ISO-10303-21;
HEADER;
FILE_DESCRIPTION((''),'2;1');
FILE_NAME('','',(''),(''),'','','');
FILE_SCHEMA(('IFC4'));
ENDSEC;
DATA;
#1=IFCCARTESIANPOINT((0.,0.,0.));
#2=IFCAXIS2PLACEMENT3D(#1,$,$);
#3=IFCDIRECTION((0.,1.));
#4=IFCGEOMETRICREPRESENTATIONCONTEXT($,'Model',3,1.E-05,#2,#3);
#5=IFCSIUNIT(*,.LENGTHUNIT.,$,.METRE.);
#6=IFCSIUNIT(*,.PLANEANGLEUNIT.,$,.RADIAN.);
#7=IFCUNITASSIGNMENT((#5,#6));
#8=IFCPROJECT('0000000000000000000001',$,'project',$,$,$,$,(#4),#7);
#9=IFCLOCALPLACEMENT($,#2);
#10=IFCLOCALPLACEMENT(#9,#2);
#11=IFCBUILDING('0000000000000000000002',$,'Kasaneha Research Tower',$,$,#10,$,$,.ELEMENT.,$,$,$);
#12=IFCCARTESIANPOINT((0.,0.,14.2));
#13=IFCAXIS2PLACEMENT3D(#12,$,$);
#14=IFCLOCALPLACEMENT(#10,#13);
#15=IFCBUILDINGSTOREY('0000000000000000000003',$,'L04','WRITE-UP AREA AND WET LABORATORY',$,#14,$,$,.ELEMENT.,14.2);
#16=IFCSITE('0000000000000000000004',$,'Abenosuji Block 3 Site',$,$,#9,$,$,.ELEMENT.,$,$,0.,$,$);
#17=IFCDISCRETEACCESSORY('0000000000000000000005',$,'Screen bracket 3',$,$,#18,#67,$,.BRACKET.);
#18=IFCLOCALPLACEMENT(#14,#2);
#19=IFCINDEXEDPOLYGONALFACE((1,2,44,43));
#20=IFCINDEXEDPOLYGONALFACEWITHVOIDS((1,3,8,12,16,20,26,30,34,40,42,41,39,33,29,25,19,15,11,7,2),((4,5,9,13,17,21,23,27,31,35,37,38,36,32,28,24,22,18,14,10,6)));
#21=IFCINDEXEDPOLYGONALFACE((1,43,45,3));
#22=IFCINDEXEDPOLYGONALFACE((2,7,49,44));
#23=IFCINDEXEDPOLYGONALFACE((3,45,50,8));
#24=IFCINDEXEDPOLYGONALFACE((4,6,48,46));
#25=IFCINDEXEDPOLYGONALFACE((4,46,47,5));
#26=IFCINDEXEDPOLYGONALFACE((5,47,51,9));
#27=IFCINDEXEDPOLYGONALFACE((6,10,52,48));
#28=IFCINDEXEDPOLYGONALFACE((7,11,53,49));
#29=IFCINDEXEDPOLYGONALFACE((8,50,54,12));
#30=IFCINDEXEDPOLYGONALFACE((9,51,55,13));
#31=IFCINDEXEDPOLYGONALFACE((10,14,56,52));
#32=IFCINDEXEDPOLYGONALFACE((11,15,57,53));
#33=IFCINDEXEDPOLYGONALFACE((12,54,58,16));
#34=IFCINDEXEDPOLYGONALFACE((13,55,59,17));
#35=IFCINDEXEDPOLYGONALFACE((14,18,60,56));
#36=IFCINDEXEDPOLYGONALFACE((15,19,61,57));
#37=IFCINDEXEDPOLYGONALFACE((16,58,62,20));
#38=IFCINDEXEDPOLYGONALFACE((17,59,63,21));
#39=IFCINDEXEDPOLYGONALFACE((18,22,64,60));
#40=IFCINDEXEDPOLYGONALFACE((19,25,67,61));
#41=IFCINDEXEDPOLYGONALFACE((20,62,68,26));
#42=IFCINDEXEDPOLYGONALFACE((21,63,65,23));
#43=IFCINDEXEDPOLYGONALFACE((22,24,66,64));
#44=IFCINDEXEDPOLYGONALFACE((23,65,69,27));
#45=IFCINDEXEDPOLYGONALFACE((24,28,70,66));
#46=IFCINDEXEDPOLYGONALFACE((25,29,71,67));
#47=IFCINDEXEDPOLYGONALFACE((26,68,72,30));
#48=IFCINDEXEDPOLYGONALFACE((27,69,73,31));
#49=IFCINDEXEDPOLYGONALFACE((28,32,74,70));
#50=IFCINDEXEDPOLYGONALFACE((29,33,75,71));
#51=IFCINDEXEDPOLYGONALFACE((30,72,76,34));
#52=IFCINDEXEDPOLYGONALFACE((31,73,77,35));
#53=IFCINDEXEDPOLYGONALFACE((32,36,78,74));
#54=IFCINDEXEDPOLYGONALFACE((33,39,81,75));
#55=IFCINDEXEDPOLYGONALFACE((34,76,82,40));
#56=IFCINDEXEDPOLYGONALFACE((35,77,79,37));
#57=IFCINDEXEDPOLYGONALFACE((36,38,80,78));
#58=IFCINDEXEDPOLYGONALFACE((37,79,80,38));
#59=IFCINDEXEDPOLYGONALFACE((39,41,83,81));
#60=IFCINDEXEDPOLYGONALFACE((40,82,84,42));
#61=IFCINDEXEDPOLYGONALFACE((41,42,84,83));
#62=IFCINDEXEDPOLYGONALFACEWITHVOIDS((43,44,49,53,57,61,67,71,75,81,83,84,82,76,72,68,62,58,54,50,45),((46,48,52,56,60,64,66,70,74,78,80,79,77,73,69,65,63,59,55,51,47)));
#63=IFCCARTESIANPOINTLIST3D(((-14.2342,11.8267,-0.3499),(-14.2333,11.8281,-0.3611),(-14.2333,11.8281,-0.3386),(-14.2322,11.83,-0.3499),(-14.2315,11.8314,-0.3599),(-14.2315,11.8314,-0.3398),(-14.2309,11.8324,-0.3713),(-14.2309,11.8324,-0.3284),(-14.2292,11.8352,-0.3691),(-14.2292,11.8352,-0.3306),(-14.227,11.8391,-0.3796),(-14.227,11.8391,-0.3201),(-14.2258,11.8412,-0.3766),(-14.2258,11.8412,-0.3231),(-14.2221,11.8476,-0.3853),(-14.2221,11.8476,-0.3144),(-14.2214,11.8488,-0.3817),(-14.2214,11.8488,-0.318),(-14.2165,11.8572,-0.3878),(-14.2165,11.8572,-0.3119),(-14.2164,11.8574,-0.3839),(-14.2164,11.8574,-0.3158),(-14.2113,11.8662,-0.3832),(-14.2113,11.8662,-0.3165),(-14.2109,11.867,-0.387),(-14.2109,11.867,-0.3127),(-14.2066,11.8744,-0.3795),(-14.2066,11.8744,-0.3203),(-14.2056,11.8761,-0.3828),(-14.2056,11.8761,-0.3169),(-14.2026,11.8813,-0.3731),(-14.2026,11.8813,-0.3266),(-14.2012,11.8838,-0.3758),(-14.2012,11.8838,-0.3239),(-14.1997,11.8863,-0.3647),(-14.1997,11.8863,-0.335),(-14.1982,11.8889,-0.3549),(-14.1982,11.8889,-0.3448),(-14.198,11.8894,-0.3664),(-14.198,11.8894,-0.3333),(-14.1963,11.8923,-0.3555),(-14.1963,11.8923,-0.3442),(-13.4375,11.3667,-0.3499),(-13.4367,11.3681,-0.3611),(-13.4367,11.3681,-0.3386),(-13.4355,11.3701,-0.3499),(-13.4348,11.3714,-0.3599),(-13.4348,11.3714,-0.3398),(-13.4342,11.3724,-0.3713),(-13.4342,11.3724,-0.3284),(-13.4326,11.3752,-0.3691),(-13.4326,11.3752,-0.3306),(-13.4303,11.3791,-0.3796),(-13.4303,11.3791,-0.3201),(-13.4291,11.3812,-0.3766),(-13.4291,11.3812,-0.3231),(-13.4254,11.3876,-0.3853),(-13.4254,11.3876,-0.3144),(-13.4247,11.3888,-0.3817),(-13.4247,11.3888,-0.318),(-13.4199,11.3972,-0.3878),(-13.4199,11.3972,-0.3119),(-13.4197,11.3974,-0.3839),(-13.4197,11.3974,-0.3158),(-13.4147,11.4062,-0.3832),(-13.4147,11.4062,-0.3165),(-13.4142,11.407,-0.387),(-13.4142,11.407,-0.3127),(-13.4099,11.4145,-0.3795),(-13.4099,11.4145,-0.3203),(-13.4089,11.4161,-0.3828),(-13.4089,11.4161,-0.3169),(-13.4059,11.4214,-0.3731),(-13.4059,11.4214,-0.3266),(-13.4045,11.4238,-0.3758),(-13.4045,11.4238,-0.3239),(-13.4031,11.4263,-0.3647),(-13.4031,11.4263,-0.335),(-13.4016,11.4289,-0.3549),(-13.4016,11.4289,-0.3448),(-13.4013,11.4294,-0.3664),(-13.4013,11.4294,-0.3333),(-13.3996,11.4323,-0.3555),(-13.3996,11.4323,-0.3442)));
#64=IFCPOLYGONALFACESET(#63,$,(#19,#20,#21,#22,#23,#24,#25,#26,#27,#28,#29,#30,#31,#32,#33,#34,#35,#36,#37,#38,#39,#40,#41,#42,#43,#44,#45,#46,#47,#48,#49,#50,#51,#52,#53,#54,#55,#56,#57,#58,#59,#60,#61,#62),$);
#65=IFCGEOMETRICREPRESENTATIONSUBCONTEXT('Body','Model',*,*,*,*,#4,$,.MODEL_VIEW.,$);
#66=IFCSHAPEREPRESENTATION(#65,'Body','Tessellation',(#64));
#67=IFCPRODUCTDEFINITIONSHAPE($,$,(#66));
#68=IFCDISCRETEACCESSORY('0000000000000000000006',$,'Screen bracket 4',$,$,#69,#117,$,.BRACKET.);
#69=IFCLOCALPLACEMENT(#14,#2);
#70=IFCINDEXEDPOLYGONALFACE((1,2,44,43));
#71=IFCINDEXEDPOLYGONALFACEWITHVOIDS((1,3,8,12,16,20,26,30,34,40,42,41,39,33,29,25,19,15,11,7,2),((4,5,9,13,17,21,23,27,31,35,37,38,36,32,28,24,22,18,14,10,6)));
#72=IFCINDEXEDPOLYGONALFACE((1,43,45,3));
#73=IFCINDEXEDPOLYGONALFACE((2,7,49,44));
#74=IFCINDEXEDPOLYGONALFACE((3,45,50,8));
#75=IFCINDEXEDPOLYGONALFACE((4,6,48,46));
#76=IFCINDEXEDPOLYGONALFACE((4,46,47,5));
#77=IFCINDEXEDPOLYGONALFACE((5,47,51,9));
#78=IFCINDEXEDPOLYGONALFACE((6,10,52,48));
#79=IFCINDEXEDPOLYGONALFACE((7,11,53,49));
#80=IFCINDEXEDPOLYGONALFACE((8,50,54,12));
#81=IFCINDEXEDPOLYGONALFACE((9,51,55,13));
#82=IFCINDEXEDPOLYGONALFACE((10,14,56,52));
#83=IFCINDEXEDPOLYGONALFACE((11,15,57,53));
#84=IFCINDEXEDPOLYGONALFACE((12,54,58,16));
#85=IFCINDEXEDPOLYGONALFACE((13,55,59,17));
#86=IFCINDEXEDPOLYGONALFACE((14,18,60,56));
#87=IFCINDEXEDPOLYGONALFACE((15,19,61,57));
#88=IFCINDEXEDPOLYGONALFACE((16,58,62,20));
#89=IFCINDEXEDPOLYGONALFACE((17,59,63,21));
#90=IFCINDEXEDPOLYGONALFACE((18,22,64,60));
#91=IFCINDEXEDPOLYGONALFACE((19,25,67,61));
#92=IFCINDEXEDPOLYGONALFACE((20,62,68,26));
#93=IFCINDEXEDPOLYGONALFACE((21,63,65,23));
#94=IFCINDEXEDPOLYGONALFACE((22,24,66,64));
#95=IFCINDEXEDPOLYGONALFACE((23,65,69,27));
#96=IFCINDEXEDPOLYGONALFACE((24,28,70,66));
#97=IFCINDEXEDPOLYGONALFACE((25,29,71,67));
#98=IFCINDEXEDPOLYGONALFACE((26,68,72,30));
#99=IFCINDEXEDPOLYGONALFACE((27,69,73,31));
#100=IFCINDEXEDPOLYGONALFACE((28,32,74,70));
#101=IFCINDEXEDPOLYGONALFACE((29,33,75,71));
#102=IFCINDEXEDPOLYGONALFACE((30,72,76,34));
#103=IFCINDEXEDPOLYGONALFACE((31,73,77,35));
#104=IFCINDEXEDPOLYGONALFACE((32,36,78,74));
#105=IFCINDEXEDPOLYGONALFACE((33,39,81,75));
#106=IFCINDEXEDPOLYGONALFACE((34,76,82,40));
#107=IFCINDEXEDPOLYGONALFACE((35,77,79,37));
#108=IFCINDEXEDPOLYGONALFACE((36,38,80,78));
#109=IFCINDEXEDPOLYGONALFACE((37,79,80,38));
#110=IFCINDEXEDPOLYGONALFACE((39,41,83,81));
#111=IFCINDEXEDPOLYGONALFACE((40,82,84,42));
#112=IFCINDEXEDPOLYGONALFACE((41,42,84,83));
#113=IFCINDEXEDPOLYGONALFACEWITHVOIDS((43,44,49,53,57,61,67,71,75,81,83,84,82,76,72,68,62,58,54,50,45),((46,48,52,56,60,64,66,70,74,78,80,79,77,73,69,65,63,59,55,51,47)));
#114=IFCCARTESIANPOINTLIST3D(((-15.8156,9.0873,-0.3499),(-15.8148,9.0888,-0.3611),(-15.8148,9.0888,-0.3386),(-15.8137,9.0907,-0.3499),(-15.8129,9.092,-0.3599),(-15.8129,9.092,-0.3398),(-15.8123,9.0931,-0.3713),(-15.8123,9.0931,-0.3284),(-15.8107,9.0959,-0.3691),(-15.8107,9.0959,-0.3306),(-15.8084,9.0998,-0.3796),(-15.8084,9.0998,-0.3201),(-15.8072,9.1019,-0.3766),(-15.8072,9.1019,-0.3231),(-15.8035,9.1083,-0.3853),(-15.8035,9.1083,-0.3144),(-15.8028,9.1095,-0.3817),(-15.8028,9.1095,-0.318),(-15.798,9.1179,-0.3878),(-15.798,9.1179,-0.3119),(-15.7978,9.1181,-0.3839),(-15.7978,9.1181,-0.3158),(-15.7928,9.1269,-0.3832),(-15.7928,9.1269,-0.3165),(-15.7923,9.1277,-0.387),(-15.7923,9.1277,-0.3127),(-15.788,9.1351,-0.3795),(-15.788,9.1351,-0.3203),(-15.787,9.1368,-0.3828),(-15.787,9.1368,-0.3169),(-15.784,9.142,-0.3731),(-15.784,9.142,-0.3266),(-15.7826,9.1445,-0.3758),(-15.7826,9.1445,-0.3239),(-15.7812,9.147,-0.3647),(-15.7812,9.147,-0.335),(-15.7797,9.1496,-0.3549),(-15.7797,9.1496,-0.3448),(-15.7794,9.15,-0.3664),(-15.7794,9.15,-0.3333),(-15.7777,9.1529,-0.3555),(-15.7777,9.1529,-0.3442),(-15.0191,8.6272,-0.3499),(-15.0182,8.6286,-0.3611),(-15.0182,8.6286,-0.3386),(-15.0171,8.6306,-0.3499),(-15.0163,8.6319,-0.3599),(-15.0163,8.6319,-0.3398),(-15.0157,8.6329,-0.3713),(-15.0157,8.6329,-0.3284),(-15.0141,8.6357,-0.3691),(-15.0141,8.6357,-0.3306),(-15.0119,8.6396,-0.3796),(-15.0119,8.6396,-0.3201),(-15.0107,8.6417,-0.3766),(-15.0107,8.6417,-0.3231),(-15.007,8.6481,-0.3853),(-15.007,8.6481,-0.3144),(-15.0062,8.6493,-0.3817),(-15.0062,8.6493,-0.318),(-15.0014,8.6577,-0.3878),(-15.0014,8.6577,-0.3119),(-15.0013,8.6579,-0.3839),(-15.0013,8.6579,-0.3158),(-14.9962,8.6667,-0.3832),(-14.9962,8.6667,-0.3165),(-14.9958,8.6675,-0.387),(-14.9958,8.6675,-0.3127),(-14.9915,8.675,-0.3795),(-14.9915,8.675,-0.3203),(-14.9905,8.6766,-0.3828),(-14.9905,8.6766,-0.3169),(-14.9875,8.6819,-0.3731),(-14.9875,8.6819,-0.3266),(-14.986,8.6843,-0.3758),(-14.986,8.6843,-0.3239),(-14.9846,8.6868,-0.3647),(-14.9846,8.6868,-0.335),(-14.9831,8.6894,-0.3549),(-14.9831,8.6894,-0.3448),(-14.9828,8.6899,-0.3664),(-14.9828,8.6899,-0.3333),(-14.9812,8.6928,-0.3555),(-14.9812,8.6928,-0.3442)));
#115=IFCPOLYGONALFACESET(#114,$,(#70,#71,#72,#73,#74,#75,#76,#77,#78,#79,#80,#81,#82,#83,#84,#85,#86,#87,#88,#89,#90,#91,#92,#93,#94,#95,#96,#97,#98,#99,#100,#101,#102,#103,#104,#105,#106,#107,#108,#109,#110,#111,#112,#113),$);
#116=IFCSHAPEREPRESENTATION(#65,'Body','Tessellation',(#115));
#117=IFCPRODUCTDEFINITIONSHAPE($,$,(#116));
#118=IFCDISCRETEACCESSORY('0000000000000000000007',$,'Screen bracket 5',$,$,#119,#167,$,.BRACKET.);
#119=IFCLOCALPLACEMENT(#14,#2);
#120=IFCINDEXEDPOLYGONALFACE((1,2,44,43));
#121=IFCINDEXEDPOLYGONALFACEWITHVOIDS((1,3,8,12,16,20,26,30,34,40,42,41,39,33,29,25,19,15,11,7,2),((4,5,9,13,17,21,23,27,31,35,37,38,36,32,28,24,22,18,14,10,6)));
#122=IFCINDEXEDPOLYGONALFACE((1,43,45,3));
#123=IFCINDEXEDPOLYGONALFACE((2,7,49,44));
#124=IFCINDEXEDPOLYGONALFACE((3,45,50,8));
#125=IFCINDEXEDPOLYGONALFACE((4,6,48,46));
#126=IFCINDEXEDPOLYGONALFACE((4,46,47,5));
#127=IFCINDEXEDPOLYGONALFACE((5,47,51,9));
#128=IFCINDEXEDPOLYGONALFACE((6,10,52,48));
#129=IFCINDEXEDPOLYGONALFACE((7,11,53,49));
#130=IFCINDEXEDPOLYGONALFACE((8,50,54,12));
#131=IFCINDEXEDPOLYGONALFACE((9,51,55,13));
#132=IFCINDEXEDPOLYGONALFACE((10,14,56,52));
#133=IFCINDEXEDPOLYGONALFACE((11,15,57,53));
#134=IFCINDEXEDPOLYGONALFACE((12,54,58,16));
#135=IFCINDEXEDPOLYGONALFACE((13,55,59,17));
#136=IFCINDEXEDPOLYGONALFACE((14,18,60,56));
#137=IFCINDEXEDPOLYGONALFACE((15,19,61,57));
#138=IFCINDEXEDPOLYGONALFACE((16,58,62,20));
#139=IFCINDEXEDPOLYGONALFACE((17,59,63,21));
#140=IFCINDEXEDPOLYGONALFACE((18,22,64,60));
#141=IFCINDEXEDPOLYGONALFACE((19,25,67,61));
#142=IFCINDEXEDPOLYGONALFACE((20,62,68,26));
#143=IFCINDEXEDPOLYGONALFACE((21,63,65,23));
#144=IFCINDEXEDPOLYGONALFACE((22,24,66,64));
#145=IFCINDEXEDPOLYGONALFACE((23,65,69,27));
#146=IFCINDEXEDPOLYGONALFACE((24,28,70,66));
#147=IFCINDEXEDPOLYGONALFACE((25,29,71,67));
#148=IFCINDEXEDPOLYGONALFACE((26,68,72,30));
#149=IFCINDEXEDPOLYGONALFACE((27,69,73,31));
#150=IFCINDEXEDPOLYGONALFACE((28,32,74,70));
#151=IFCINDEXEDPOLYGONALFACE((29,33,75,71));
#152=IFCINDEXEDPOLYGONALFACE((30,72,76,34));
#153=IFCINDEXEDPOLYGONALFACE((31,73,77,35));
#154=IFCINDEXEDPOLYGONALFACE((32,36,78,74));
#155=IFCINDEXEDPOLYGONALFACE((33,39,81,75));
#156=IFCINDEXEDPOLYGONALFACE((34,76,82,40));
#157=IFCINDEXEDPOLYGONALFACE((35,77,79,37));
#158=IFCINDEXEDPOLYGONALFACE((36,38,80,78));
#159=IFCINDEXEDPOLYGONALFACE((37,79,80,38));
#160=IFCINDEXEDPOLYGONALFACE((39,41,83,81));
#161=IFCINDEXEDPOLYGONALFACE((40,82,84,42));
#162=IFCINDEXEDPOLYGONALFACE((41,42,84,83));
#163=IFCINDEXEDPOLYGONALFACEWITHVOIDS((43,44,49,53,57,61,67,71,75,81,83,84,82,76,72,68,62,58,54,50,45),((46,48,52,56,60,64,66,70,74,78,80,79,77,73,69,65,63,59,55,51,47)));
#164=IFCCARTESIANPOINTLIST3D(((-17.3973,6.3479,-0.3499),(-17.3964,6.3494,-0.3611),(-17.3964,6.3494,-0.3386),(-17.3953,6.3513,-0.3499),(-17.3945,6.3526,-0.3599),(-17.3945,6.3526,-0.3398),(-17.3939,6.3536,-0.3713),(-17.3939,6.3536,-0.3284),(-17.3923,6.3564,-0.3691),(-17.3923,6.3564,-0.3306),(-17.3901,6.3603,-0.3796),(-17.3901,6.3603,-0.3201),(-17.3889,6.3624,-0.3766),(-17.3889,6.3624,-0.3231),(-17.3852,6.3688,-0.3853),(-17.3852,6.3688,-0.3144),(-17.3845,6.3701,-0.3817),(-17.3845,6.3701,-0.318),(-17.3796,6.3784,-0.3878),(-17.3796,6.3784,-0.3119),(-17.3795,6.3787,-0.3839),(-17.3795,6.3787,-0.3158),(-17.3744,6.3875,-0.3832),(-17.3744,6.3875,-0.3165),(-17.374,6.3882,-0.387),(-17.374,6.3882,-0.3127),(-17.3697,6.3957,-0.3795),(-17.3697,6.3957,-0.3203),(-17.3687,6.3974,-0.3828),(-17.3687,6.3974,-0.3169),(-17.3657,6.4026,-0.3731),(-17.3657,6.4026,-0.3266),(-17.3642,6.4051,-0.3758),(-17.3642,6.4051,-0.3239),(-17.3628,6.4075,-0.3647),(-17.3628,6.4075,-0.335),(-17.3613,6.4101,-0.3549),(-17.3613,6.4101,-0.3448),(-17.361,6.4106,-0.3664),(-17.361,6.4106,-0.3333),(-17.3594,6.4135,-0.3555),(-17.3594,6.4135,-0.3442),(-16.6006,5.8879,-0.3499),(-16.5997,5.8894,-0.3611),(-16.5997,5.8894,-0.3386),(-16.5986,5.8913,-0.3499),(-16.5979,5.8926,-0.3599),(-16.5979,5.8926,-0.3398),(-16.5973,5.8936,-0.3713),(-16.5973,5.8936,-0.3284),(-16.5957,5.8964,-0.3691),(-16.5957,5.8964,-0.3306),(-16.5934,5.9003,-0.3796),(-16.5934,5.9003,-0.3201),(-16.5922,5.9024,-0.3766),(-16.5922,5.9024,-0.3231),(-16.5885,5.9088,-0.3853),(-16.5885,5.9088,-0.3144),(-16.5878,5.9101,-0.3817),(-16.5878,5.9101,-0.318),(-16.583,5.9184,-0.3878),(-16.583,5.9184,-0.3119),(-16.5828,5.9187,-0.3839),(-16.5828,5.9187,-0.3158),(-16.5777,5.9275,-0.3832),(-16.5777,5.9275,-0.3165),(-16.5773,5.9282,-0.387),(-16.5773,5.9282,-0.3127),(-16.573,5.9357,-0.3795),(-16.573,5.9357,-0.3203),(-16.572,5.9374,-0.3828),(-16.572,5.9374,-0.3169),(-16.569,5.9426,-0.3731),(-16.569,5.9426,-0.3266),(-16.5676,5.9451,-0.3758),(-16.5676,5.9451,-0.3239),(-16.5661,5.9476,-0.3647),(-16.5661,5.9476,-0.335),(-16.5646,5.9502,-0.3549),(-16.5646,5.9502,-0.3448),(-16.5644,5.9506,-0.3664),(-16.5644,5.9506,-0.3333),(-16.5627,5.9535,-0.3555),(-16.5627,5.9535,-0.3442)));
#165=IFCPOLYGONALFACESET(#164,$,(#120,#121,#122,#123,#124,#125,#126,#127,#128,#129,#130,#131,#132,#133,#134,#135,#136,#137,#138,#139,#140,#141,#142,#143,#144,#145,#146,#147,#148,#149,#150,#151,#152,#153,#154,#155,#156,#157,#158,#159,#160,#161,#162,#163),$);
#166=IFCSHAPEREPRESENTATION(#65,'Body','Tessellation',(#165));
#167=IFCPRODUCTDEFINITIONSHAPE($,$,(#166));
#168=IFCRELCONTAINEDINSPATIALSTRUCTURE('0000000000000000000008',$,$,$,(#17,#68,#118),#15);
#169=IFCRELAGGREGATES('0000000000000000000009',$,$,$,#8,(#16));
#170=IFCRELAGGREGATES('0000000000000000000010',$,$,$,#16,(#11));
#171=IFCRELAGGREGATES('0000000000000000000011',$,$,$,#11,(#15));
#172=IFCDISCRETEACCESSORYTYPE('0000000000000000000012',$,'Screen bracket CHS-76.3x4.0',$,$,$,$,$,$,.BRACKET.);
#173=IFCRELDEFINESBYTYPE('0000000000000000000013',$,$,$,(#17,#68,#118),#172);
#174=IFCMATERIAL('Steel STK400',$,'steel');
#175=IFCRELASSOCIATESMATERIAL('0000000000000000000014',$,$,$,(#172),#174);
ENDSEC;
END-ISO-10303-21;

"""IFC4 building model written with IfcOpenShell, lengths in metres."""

from ifc_helpers import new_model, si_unit, direction, frame, origin, origin_2d, place, context, subcontext, project, spatial, hollow_circle, extrude, material, material_profile, profile_set, type_object, element, save


model = new_model("IFC4")

# Units and contexts
model_context = context("Model", 3, precision=1e-05, world=origin(), true_north=direction((0.0, 1.0)))
body_context = subcontext(model_context, "Body", "Model", "MODEL_VIEW")
ifc_project = project(units=[si_unit("LENGTHUNIT", "METRE"), si_unit("PLANEANGLEUNIT", "RADIAN")], contexts=[model_context])

# Site, building, storey
site_placement = place(None, origin())
site = spatial("IfcSite", under=ifc_project, at=site_placement, Name="Abenosuji Block 3 Site", CompositionType="ELEMENT", RefElevation=0.0)
building_placement = place(site_placement, origin())
building = spatial("IfcBuilding", under=site, at=building_placement, Name="Kasaneha Research Tower", CompositionType="ELEMENT")
storey_placement = place(building_placement, frame((0.0, 0.0, 14.2)))
storey = spatial("IfcBuildingStorey", under=building, at=storey_placement, Name="L04", Description="WRITE-UP AREA AND WET LABORATORY", CompositionType="ELEMENT", Elevation=14.2)

# Discrete accessories
ifc_material_1 = material(Name="Steel STK400", Category="steel")
ifc_material_profile_1 = material_profile(ifc_material_1, hollow_circle(Radius=0.0381, WallThickness=0.0039, at=origin_2d()), Name="CHS-76.3x4.0")
ifc_profile_set_1 = profile_set([ifc_material_profile_1], Name="Steel STK400")
discrete_accessory_type = type_object("IfcDiscreteAccessoryType", Name="Screen bracket CHS-76.3x4.0", PredefinedType="BRACKET", material=ifc_profile_set_1)
for number, where, z_axis, x_axis, name in (
    (1, (-13.4185, 11.3997, -0.3499), (-0.866013, 0.500021, 0.0), (-0.500021, -0.866013, 0.0), "Screen bracket 3"),
    (2, (-15.0, 8.6602, -0.3499), (-0.865898, 0.50022, 0.0), (-0.50022, -0.865898, 0.0), "Screen bracket 4"),
    (3, (-16.5815, 5.9209, -0.3499), (-0.866013, 0.500021, 0.0), (-0.500021, -0.866013, 0.0), "Screen bracket 5"),
):
    element("IfcDiscreteAccessory", number, at=place(storey_placement, frame(where, z_axis=z_axis, x_axis=x_axis)), inside=storey, type_object=discrete_accessory_type, Name=name, PredefinedType="BRACKET", context=body_context, shape_type="SweptSolid", body=[
        extrude(hollow_circle(Radius=0.0381, WallThickness=0.0039, at=origin_2d()), origin(), (0.0, 0.0, 1.0), 0.9199),
    ])

save(model, "model.ifc")
